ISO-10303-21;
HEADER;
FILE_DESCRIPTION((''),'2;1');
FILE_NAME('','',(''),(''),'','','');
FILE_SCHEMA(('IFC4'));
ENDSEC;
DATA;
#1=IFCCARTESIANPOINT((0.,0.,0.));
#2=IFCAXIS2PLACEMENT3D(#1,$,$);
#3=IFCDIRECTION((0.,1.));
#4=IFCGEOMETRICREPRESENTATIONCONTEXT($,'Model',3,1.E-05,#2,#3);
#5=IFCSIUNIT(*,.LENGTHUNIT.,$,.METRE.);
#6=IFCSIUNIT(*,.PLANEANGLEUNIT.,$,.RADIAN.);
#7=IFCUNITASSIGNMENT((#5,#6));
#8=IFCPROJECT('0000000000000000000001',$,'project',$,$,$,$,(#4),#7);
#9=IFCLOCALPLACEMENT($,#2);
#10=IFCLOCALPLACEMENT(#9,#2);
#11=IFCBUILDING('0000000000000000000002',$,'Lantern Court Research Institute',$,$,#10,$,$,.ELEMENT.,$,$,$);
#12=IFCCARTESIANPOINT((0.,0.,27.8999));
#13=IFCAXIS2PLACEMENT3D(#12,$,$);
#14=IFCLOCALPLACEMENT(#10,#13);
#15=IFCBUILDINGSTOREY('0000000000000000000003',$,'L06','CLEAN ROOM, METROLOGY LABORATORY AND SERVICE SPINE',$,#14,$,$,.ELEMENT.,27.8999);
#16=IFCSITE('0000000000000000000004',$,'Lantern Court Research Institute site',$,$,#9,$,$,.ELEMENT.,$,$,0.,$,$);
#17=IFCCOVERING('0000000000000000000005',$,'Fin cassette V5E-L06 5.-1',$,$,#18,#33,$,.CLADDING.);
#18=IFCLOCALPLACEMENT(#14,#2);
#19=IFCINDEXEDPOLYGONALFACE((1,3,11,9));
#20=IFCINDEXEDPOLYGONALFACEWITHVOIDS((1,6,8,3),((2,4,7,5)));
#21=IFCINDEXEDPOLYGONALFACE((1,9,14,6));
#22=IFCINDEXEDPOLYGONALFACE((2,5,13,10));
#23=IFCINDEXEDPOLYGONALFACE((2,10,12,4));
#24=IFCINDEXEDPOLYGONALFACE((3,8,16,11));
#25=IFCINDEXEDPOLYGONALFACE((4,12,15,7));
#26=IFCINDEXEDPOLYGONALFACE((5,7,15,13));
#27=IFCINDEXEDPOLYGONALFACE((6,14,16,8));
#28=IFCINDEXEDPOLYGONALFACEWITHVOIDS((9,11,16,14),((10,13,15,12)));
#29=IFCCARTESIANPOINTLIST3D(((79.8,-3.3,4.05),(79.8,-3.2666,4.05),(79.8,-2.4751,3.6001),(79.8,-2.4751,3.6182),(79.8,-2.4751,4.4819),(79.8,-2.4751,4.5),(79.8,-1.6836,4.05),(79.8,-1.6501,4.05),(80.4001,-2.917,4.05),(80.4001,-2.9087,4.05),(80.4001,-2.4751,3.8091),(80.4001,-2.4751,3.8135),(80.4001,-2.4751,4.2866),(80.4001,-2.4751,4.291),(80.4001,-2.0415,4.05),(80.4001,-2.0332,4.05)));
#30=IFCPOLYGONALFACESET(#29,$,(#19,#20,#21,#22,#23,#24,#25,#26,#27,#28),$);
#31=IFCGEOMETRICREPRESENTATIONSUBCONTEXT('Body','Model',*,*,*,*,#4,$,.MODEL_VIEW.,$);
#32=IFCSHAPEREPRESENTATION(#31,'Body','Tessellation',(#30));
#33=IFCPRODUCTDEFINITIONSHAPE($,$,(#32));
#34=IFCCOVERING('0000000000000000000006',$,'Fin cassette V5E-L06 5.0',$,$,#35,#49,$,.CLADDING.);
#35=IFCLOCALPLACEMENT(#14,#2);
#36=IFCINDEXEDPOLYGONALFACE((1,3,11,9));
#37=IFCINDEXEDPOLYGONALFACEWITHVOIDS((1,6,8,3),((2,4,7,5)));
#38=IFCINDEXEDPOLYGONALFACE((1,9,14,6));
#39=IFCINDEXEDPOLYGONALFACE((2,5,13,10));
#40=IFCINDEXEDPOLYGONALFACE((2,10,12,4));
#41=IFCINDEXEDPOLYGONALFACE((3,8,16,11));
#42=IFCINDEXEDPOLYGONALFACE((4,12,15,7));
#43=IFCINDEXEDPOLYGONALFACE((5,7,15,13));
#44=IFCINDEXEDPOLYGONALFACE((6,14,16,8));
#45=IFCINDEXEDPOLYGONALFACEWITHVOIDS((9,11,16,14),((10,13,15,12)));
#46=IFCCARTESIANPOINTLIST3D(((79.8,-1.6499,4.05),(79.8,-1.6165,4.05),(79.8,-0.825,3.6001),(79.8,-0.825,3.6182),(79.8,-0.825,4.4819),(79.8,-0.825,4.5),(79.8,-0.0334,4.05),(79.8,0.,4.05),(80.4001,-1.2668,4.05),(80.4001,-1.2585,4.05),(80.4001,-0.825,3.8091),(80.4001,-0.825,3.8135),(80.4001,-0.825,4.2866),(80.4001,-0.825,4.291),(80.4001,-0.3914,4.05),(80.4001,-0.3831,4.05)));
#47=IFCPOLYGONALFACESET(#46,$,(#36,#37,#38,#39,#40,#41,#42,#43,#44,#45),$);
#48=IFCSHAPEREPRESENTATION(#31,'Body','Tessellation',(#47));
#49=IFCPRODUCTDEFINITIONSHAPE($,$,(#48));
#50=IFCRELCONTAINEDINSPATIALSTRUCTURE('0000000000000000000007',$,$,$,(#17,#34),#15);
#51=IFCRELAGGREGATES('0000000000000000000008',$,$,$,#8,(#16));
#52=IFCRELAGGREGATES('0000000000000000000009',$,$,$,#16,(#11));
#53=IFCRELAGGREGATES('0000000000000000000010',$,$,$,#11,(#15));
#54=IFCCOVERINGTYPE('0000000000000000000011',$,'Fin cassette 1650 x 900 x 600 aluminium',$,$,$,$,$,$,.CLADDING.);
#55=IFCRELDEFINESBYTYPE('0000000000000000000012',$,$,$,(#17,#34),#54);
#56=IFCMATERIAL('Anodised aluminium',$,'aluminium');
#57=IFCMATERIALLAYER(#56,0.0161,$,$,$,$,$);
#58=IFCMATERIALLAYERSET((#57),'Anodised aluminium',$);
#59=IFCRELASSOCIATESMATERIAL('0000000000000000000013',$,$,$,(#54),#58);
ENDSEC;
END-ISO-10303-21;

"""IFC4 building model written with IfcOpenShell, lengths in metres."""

from ifc_helpers import new_model, entity, si_unit, direction, frame, origin, place, context, subcontext, project, spatial, material, layer, layer_set, type_object, element, save


model = new_model("IFC4")

# Units and contexts
model_context = context("Model", 3, precision=1e-05, world=origin(), true_north=direction((0.0, 1.0)))
body_context = subcontext(model_context, "Body", "Model", "MODEL_VIEW")
ifc_project = project(units=[si_unit("LENGTHUNIT", "METRE"), si_unit("PLANEANGLEUNIT", "RADIAN")], contexts=[model_context])

# Site, building, storey
site_placement = place(None, origin())
site = spatial("IfcSite", under=ifc_project, at=site_placement, Name="Lantern Court Research Institute site", CompositionType="ELEMENT", RefElevation=0.0)
building_placement = place(site_placement, origin())
building = spatial("IfcBuilding", under=site, at=building_placement, Name="Lantern Court Research Institute", CompositionType="ELEMENT")
storey_placement = place(building_placement, frame((0.0, 0.0, 27.8999)))
storey = spatial("IfcBuildingStorey", under=building, at=storey_placement, Name="L06", Description="CLEAN ROOM, METROLOGY LABORATORY AND SERVICE SPINE", CompositionType="ELEMENT", Elevation=27.8999)

# Coverings
ifc_material_1 = material(Name="Anodised aluminium", Category="aluminium")
ifc_layer_1 = layer(ifc_material_1, 0.0161)
ifc_layer_set_1 = layer_set([ifc_layer_1], Name="Anodised aluminium")
covering_type = type_object("IfcCoveringType", Name="Fin cassette 1650 x 900 x 600 aluminium", PredefinedType="CLADDING", material=ifc_layer_set_1)
covering_1_placement = place(storey_placement, frame((79.8, -2.4751, 4.05), z_axis=(1.0, 0.0, 0.0), x_axis=(0.0, 1.0, 0.0)))
cartesian_point_1 = entity("IfcCartesianPoint", [0.825, 0.0])
cartesian_point_2 = entity("IfcCartesianPoint", [0.7915, 0.0])
cartesian_point_3 = entity("IfcCartesianPoint", [0.4419, 0.0])
cartesian_point_4 = entity("IfcCartesianPoint", [0.4336, 0.0])
element("IfcCovering", 1, at=covering_1_placement, inside=storey, type_object=covering_type, Name="Fin cassette V5E-L06 5.-1", PredefinedType="CLADDING", context=body_context, shape_type="SweptSolid", body=[
    entity("IfcExtrudedAreaSolidTapered", entity("IfcArbitraryProfileDefWithVoids", "AREA", None, entity("IfcPolyline", [cartesian_point_1, entity("IfcCartesianPoint", [0.0, 0.45]), entity("IfcCartesianPoint", [-0.825, 0.0]), entity("IfcCartesianPoint", [0.0, -0.45]), cartesian_point_1]), [entity("IfcPolyline", [cartesian_point_2, entity("IfcCartesianPoint", [0.0, 0.4319]), entity("IfcCartesianPoint", [-0.7915, 0.0]), entity("IfcCartesianPoint", [0.0, -0.4319]), cartesian_point_2])]), entity("IfcAxis2Placement3D", entity("IfcCartesianPoint", [0.0, 0.0, 0.0])), entity("IfcDirection", [0.0, 0.0, 1.0]), 0.6001, entity("IfcArbitraryProfileDefWithVoids", "AREA", None, entity("IfcPolyline", [cartesian_point_3, entity("IfcCartesianPoint", [0.0, 0.241]), entity("IfcCartesianPoint", [-0.4419, 0.0]), entity("IfcCartesianPoint", [0.0, -0.241]), cartesian_point_3]), [entity("IfcPolyline", [cartesian_point_4, entity("IfcCartesianPoint", [0.0, 0.2366]), entity("IfcCartesianPoint", [-0.4336, 0.0]), entity("IfcCartesianPoint", [0.0, -0.2366]), cartesian_point_4])])),
])
covering_2_placement = place(storey_placement, frame((79.8, -0.825, 4.05), z_axis=(1.0, 0.0, 0.0), x_axis=(0.0, 1.0, 0.0)))
cartesian_point_5 = entity("IfcCartesianPoint", [0.825, 0.0])
cartesian_point_6 = entity("IfcCartesianPoint", [0.7915, 0.0])
cartesian_point_7 = entity("IfcCartesianPoint", [0.4419, 0.0])
cartesian_point_8 = entity("IfcCartesianPoint", [0.4336, 0.0])
element("IfcCovering", 2, at=covering_2_placement, inside=storey, type_object=covering_type, Name="Fin cassette V5E-L06 5.0", PredefinedType="CLADDING", context=body_context, shape_type="SweptSolid", body=[
    entity("IfcExtrudedAreaSolidTapered", entity("IfcArbitraryProfileDefWithVoids", "AREA", None, entity("IfcPolyline", [cartesian_point_5, entity("IfcCartesianPoint", [0.0, 0.45]), entity("IfcCartesianPoint", [-0.825, 0.0]), entity("IfcCartesianPoint", [0.0, -0.45]), cartesian_point_5]), [entity("IfcPolyline", [cartesian_point_6, entity("IfcCartesianPoint", [0.0, 0.4319]), entity("IfcCartesianPoint", [-0.7915, 0.0]), entity("IfcCartesianPoint", [0.0, -0.4319]), cartesian_point_6])]), entity("IfcAxis2Placement3D", entity("IfcCartesianPoint", [0.0, 0.0, 0.0])), entity("IfcDirection", [0.0, 0.0, 1.0]), 0.6001, entity("IfcArbitraryProfileDefWithVoids", "AREA", None, entity("IfcPolyline", [cartesian_point_7, entity("IfcCartesianPoint", [0.0, 0.241]), entity("IfcCartesianPoint", [-0.4419, 0.0]), entity("IfcCartesianPoint", [0.0, -0.241]), cartesian_point_7]), [entity("IfcPolyline", [cartesian_point_8, entity("IfcCartesianPoint", [0.0, 0.2366]), entity("IfcCartesianPoint", [-0.4336, 0.0]), entity("IfcCartesianPoint", [0.0, -0.2366]), cartesian_point_8])])),
])

save(model, "model.ifc")
